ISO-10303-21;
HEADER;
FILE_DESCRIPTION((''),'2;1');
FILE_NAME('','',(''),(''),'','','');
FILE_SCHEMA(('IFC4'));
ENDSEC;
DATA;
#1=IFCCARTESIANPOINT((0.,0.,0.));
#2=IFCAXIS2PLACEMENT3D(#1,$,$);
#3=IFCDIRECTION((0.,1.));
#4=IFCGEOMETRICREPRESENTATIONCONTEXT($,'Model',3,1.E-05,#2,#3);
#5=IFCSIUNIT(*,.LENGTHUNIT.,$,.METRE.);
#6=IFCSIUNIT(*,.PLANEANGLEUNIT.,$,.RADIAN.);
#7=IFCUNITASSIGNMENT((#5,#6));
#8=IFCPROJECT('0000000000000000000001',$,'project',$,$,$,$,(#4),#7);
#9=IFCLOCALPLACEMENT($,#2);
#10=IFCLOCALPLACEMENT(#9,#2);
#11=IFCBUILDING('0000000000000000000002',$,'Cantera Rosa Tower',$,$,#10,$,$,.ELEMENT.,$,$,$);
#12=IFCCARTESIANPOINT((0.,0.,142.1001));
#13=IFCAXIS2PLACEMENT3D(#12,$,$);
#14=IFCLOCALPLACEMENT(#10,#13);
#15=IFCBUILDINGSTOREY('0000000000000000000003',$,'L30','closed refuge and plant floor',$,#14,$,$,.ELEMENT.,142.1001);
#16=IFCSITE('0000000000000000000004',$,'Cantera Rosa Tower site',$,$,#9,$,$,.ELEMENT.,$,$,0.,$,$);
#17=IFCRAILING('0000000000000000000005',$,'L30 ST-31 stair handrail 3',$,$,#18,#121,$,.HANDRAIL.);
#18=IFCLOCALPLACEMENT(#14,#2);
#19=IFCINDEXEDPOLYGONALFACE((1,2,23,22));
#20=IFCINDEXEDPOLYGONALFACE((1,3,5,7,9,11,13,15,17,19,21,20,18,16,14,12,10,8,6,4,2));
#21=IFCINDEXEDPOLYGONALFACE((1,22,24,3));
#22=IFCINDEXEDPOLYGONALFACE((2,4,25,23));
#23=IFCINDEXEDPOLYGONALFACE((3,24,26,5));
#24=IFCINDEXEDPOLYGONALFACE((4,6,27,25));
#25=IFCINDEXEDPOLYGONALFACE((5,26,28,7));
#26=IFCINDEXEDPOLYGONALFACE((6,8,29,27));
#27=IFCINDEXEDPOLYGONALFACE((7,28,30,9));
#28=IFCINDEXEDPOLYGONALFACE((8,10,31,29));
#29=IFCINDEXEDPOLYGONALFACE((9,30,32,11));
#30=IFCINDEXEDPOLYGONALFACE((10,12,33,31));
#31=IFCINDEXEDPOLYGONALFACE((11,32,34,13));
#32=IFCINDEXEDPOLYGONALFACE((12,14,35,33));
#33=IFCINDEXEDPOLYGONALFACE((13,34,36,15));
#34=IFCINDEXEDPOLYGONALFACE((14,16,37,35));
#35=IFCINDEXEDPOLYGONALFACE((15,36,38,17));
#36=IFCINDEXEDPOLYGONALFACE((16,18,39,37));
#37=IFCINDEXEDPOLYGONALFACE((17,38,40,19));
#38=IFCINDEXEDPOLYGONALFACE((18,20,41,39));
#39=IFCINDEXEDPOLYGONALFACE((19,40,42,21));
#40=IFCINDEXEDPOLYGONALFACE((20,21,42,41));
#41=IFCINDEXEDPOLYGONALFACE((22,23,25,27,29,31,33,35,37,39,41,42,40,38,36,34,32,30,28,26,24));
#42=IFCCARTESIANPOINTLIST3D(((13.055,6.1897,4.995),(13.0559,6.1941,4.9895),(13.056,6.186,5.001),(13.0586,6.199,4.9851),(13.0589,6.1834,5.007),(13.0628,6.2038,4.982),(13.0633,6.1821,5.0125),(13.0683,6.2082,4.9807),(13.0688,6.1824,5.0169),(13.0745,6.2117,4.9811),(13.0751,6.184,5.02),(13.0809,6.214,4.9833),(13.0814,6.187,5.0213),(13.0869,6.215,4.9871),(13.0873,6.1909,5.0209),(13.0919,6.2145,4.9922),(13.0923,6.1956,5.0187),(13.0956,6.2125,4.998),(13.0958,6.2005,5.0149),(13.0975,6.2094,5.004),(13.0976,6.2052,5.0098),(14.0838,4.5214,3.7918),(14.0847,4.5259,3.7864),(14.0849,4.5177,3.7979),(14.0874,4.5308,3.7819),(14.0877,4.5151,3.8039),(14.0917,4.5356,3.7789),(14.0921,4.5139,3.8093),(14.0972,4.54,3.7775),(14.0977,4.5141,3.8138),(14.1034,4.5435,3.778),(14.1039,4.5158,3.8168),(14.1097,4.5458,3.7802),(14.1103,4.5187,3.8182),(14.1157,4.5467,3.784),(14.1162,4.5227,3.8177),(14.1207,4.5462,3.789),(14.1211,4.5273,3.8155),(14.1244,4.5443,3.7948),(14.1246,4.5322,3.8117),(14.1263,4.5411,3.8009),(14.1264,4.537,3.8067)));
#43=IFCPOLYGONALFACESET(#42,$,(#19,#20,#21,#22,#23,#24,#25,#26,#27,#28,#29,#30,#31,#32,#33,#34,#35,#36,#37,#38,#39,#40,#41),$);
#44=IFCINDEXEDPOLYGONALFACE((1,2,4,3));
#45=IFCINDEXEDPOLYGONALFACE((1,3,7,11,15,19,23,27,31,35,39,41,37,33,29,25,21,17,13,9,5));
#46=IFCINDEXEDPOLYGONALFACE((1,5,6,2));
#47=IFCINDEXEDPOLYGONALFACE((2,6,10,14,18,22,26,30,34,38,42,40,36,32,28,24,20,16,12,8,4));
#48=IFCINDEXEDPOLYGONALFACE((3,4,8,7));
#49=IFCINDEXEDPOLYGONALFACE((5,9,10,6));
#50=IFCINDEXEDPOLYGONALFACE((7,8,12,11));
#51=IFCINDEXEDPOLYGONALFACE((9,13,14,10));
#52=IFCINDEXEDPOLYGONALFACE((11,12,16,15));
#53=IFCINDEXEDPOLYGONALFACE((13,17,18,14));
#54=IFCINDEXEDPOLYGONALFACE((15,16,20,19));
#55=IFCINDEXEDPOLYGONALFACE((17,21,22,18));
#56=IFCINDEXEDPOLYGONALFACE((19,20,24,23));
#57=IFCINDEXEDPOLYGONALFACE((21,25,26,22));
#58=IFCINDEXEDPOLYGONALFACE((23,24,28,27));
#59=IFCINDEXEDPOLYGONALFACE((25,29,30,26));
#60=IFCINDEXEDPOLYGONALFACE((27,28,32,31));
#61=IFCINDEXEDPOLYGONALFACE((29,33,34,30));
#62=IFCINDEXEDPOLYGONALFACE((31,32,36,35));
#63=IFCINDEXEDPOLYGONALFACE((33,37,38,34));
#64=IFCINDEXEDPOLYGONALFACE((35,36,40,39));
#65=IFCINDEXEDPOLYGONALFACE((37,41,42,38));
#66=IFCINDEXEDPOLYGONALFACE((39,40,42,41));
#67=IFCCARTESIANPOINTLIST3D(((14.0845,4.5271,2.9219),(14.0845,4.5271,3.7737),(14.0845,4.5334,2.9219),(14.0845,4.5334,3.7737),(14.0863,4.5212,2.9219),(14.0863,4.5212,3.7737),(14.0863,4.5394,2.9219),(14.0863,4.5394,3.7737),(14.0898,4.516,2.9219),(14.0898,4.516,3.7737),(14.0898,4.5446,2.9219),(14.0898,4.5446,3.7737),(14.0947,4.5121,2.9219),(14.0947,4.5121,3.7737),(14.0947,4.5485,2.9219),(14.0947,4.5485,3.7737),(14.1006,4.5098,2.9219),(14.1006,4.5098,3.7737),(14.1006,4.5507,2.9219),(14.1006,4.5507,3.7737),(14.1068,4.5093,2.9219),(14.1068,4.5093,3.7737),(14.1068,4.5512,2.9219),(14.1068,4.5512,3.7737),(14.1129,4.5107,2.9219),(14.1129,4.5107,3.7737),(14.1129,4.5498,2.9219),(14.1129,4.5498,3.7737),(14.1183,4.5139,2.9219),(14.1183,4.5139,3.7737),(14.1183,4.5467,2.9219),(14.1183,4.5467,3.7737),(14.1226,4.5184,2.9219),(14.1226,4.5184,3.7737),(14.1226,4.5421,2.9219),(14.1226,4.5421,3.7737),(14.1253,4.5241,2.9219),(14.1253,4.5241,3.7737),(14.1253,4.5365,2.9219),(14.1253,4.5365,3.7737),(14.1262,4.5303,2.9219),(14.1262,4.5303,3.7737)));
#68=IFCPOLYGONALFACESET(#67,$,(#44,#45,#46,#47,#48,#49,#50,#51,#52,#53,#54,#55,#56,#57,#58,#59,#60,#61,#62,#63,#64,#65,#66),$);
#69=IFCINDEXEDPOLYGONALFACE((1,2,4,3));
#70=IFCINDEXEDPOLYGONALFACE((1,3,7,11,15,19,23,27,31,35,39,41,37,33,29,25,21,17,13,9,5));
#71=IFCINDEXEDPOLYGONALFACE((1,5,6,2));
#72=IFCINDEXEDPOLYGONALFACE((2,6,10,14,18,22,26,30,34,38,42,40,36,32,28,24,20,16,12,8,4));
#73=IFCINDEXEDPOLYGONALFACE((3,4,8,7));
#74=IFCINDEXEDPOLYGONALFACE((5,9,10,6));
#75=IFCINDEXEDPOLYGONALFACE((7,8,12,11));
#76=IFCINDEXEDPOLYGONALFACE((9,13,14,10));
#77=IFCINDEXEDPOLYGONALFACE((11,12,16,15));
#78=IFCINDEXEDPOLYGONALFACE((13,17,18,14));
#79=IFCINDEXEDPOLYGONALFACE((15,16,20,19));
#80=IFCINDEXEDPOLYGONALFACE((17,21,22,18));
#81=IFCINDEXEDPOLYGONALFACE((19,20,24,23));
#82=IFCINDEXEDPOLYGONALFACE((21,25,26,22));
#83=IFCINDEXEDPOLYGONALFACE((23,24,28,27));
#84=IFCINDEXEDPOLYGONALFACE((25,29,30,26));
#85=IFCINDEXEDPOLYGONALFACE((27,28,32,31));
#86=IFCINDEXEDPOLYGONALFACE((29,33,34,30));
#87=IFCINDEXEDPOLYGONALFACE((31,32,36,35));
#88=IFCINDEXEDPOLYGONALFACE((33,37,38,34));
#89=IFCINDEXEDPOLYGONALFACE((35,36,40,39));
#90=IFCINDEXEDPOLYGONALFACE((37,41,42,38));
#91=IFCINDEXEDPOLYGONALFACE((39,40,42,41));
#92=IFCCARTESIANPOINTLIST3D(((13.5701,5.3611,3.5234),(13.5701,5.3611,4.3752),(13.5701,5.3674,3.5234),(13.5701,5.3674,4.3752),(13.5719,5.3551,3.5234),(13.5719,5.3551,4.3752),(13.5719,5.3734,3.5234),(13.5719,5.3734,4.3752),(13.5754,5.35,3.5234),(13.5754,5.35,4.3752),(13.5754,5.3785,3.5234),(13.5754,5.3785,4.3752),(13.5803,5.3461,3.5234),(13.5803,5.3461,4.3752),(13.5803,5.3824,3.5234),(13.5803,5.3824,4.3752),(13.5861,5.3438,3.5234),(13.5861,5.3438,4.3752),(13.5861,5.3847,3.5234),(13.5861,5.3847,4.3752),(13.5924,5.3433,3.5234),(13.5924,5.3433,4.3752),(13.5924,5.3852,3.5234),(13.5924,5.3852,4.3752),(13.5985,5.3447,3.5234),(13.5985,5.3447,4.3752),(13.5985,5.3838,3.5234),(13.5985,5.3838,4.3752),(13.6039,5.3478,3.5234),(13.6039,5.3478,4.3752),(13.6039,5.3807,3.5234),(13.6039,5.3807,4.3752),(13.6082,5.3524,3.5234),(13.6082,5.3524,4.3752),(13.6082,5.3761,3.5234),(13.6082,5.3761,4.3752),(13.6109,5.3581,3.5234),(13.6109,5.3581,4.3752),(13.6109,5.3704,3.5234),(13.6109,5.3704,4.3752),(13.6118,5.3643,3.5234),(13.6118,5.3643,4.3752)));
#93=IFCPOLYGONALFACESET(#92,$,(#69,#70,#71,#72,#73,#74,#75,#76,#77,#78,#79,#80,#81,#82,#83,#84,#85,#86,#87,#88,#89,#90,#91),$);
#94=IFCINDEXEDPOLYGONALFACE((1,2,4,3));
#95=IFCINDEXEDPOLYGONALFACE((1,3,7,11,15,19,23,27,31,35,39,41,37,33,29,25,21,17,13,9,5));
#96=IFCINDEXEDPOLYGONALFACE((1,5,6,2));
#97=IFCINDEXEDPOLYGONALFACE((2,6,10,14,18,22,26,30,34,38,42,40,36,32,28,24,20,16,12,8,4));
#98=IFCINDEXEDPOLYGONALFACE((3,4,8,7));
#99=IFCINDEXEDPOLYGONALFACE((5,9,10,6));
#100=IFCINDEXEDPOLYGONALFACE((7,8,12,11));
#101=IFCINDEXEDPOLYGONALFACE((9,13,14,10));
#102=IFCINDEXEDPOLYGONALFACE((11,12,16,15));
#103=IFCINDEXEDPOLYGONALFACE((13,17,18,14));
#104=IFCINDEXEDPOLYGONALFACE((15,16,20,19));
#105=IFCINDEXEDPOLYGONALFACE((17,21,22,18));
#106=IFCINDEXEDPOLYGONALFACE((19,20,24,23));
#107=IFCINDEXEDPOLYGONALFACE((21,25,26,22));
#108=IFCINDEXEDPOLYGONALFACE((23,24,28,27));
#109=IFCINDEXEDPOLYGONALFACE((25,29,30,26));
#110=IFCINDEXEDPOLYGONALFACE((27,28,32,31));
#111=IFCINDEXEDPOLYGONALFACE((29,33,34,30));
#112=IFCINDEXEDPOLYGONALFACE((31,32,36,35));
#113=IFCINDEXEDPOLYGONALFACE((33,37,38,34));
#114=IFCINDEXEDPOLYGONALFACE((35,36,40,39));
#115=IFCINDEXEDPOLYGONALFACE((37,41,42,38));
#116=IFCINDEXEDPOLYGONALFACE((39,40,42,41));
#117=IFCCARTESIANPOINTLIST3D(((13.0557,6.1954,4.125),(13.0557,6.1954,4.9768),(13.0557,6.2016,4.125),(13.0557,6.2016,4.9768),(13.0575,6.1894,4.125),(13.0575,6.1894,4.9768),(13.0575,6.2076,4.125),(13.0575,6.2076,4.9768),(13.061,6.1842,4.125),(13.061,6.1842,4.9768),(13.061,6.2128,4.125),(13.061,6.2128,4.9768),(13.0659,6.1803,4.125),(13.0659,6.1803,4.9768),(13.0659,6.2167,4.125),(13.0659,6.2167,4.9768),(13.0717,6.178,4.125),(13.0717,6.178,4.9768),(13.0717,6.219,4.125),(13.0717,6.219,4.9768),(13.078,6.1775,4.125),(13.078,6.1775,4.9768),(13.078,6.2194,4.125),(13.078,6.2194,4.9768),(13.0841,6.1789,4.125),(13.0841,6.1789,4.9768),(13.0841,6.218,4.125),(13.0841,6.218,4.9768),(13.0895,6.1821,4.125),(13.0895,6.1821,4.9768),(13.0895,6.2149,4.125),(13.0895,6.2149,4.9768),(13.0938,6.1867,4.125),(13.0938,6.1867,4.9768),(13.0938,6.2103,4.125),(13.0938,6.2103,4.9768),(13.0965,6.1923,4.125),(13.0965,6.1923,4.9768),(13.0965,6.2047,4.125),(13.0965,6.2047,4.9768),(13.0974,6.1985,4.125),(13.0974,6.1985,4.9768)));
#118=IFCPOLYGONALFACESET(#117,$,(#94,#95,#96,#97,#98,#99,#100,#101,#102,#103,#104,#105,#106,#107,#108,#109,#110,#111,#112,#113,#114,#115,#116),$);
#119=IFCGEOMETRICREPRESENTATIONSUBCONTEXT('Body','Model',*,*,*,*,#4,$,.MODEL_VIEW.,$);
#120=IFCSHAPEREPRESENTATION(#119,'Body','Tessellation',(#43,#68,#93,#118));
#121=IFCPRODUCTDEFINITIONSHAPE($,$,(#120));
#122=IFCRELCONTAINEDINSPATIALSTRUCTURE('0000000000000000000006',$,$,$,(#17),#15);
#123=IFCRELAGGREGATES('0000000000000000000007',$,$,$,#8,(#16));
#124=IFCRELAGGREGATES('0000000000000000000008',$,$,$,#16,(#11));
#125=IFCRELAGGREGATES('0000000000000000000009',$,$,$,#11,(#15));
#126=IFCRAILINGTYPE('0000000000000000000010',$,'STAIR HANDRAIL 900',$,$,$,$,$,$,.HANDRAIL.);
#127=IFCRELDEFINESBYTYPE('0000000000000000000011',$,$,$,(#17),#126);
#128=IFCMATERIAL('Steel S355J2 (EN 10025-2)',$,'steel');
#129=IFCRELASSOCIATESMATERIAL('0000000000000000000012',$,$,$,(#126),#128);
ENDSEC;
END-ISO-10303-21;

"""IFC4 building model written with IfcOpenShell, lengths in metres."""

from ifc_helpers import new_model, si_unit, direction, frame, origin, origin_2d, place, context, subcontext, project, spatial, circle, extrude, material, type_object, element, save


model = new_model("IFC4")

# Units and contexts
model_context = context("Model", 3, precision=1e-05, world=origin(), true_north=direction((0.0, 1.0)))
body_context = subcontext(model_context, "Body", "Model", "MODEL_VIEW")
ifc_project = project(units=[si_unit("LENGTHUNIT", "METRE"), si_unit("PLANEANGLEUNIT", "RADIAN")], contexts=[model_context])

# Site, building, storey
site_placement = place(None, origin())
site = spatial("IfcSite", under=ifc_project, at=site_placement, Name="Cantera Rosa Tower site", CompositionType="ELEMENT", RefElevation=0.0)
building_placement = place(site_placement, origin())
building = spatial("IfcBuilding", under=site, at=building_placement, Name="Cantera Rosa Tower", CompositionType="ELEMENT")
storey_placement = place(building_placement, frame((0.0, 0.0, 142.1001)))
storey = spatial("IfcBuildingStorey", under=building, at=storey_placement, Name="L30", Description="closed refuge and plant floor", CompositionType="ELEMENT", Elevation=142.1001)

# Railing
ifc_material_1 = material(Name="Steel S355J2 (EN 10025-2)", Category="steel")
railing_type_1 = type_object("IfcRailingType", Name="STAIR HANDRAIL 900", PredefinedType="HANDRAIL", material=ifc_material_1)
railing_1_placement = place(storey_placement, frame((14.1052, 4.5303, 2.9219)))
element("IfcRailing", 1, at=railing_1_placement, inside=storey, type_object=railing_type_1, Name="L30 ST-31 stair handrail 3", PredefinedType="HANDRAIL", context=body_context, shape_type="SweptSolid", body=[
    extrude(circle(Radius=0.0239, at=origin_2d()), frame((0.0, 0.0, 0.876), z_axis=(-0.447355, 0.725386, 0.523153), x_axis=(-0.851153, -0.524917, 0.0)), (0.0, 0.0, 1.0), 2.2998),
    extrude(circle(Radius=0.021, at=origin_2d()), origin(), (0.0, 0.0, 1.0), 0.8518),
    extrude(circle(Radius=0.021, at=origin_2d()), frame((-0.5144, 0.834, 0.6016)), (0.0, 0.0, 1.0), 0.8518),
    extrude(circle(Radius=0.021, at=origin_2d()), frame((-1.0288, 1.6682, 1.2031)), (0.0, 0.0, 1.0), 0.8518),
])

save(model, "model.ifc")
